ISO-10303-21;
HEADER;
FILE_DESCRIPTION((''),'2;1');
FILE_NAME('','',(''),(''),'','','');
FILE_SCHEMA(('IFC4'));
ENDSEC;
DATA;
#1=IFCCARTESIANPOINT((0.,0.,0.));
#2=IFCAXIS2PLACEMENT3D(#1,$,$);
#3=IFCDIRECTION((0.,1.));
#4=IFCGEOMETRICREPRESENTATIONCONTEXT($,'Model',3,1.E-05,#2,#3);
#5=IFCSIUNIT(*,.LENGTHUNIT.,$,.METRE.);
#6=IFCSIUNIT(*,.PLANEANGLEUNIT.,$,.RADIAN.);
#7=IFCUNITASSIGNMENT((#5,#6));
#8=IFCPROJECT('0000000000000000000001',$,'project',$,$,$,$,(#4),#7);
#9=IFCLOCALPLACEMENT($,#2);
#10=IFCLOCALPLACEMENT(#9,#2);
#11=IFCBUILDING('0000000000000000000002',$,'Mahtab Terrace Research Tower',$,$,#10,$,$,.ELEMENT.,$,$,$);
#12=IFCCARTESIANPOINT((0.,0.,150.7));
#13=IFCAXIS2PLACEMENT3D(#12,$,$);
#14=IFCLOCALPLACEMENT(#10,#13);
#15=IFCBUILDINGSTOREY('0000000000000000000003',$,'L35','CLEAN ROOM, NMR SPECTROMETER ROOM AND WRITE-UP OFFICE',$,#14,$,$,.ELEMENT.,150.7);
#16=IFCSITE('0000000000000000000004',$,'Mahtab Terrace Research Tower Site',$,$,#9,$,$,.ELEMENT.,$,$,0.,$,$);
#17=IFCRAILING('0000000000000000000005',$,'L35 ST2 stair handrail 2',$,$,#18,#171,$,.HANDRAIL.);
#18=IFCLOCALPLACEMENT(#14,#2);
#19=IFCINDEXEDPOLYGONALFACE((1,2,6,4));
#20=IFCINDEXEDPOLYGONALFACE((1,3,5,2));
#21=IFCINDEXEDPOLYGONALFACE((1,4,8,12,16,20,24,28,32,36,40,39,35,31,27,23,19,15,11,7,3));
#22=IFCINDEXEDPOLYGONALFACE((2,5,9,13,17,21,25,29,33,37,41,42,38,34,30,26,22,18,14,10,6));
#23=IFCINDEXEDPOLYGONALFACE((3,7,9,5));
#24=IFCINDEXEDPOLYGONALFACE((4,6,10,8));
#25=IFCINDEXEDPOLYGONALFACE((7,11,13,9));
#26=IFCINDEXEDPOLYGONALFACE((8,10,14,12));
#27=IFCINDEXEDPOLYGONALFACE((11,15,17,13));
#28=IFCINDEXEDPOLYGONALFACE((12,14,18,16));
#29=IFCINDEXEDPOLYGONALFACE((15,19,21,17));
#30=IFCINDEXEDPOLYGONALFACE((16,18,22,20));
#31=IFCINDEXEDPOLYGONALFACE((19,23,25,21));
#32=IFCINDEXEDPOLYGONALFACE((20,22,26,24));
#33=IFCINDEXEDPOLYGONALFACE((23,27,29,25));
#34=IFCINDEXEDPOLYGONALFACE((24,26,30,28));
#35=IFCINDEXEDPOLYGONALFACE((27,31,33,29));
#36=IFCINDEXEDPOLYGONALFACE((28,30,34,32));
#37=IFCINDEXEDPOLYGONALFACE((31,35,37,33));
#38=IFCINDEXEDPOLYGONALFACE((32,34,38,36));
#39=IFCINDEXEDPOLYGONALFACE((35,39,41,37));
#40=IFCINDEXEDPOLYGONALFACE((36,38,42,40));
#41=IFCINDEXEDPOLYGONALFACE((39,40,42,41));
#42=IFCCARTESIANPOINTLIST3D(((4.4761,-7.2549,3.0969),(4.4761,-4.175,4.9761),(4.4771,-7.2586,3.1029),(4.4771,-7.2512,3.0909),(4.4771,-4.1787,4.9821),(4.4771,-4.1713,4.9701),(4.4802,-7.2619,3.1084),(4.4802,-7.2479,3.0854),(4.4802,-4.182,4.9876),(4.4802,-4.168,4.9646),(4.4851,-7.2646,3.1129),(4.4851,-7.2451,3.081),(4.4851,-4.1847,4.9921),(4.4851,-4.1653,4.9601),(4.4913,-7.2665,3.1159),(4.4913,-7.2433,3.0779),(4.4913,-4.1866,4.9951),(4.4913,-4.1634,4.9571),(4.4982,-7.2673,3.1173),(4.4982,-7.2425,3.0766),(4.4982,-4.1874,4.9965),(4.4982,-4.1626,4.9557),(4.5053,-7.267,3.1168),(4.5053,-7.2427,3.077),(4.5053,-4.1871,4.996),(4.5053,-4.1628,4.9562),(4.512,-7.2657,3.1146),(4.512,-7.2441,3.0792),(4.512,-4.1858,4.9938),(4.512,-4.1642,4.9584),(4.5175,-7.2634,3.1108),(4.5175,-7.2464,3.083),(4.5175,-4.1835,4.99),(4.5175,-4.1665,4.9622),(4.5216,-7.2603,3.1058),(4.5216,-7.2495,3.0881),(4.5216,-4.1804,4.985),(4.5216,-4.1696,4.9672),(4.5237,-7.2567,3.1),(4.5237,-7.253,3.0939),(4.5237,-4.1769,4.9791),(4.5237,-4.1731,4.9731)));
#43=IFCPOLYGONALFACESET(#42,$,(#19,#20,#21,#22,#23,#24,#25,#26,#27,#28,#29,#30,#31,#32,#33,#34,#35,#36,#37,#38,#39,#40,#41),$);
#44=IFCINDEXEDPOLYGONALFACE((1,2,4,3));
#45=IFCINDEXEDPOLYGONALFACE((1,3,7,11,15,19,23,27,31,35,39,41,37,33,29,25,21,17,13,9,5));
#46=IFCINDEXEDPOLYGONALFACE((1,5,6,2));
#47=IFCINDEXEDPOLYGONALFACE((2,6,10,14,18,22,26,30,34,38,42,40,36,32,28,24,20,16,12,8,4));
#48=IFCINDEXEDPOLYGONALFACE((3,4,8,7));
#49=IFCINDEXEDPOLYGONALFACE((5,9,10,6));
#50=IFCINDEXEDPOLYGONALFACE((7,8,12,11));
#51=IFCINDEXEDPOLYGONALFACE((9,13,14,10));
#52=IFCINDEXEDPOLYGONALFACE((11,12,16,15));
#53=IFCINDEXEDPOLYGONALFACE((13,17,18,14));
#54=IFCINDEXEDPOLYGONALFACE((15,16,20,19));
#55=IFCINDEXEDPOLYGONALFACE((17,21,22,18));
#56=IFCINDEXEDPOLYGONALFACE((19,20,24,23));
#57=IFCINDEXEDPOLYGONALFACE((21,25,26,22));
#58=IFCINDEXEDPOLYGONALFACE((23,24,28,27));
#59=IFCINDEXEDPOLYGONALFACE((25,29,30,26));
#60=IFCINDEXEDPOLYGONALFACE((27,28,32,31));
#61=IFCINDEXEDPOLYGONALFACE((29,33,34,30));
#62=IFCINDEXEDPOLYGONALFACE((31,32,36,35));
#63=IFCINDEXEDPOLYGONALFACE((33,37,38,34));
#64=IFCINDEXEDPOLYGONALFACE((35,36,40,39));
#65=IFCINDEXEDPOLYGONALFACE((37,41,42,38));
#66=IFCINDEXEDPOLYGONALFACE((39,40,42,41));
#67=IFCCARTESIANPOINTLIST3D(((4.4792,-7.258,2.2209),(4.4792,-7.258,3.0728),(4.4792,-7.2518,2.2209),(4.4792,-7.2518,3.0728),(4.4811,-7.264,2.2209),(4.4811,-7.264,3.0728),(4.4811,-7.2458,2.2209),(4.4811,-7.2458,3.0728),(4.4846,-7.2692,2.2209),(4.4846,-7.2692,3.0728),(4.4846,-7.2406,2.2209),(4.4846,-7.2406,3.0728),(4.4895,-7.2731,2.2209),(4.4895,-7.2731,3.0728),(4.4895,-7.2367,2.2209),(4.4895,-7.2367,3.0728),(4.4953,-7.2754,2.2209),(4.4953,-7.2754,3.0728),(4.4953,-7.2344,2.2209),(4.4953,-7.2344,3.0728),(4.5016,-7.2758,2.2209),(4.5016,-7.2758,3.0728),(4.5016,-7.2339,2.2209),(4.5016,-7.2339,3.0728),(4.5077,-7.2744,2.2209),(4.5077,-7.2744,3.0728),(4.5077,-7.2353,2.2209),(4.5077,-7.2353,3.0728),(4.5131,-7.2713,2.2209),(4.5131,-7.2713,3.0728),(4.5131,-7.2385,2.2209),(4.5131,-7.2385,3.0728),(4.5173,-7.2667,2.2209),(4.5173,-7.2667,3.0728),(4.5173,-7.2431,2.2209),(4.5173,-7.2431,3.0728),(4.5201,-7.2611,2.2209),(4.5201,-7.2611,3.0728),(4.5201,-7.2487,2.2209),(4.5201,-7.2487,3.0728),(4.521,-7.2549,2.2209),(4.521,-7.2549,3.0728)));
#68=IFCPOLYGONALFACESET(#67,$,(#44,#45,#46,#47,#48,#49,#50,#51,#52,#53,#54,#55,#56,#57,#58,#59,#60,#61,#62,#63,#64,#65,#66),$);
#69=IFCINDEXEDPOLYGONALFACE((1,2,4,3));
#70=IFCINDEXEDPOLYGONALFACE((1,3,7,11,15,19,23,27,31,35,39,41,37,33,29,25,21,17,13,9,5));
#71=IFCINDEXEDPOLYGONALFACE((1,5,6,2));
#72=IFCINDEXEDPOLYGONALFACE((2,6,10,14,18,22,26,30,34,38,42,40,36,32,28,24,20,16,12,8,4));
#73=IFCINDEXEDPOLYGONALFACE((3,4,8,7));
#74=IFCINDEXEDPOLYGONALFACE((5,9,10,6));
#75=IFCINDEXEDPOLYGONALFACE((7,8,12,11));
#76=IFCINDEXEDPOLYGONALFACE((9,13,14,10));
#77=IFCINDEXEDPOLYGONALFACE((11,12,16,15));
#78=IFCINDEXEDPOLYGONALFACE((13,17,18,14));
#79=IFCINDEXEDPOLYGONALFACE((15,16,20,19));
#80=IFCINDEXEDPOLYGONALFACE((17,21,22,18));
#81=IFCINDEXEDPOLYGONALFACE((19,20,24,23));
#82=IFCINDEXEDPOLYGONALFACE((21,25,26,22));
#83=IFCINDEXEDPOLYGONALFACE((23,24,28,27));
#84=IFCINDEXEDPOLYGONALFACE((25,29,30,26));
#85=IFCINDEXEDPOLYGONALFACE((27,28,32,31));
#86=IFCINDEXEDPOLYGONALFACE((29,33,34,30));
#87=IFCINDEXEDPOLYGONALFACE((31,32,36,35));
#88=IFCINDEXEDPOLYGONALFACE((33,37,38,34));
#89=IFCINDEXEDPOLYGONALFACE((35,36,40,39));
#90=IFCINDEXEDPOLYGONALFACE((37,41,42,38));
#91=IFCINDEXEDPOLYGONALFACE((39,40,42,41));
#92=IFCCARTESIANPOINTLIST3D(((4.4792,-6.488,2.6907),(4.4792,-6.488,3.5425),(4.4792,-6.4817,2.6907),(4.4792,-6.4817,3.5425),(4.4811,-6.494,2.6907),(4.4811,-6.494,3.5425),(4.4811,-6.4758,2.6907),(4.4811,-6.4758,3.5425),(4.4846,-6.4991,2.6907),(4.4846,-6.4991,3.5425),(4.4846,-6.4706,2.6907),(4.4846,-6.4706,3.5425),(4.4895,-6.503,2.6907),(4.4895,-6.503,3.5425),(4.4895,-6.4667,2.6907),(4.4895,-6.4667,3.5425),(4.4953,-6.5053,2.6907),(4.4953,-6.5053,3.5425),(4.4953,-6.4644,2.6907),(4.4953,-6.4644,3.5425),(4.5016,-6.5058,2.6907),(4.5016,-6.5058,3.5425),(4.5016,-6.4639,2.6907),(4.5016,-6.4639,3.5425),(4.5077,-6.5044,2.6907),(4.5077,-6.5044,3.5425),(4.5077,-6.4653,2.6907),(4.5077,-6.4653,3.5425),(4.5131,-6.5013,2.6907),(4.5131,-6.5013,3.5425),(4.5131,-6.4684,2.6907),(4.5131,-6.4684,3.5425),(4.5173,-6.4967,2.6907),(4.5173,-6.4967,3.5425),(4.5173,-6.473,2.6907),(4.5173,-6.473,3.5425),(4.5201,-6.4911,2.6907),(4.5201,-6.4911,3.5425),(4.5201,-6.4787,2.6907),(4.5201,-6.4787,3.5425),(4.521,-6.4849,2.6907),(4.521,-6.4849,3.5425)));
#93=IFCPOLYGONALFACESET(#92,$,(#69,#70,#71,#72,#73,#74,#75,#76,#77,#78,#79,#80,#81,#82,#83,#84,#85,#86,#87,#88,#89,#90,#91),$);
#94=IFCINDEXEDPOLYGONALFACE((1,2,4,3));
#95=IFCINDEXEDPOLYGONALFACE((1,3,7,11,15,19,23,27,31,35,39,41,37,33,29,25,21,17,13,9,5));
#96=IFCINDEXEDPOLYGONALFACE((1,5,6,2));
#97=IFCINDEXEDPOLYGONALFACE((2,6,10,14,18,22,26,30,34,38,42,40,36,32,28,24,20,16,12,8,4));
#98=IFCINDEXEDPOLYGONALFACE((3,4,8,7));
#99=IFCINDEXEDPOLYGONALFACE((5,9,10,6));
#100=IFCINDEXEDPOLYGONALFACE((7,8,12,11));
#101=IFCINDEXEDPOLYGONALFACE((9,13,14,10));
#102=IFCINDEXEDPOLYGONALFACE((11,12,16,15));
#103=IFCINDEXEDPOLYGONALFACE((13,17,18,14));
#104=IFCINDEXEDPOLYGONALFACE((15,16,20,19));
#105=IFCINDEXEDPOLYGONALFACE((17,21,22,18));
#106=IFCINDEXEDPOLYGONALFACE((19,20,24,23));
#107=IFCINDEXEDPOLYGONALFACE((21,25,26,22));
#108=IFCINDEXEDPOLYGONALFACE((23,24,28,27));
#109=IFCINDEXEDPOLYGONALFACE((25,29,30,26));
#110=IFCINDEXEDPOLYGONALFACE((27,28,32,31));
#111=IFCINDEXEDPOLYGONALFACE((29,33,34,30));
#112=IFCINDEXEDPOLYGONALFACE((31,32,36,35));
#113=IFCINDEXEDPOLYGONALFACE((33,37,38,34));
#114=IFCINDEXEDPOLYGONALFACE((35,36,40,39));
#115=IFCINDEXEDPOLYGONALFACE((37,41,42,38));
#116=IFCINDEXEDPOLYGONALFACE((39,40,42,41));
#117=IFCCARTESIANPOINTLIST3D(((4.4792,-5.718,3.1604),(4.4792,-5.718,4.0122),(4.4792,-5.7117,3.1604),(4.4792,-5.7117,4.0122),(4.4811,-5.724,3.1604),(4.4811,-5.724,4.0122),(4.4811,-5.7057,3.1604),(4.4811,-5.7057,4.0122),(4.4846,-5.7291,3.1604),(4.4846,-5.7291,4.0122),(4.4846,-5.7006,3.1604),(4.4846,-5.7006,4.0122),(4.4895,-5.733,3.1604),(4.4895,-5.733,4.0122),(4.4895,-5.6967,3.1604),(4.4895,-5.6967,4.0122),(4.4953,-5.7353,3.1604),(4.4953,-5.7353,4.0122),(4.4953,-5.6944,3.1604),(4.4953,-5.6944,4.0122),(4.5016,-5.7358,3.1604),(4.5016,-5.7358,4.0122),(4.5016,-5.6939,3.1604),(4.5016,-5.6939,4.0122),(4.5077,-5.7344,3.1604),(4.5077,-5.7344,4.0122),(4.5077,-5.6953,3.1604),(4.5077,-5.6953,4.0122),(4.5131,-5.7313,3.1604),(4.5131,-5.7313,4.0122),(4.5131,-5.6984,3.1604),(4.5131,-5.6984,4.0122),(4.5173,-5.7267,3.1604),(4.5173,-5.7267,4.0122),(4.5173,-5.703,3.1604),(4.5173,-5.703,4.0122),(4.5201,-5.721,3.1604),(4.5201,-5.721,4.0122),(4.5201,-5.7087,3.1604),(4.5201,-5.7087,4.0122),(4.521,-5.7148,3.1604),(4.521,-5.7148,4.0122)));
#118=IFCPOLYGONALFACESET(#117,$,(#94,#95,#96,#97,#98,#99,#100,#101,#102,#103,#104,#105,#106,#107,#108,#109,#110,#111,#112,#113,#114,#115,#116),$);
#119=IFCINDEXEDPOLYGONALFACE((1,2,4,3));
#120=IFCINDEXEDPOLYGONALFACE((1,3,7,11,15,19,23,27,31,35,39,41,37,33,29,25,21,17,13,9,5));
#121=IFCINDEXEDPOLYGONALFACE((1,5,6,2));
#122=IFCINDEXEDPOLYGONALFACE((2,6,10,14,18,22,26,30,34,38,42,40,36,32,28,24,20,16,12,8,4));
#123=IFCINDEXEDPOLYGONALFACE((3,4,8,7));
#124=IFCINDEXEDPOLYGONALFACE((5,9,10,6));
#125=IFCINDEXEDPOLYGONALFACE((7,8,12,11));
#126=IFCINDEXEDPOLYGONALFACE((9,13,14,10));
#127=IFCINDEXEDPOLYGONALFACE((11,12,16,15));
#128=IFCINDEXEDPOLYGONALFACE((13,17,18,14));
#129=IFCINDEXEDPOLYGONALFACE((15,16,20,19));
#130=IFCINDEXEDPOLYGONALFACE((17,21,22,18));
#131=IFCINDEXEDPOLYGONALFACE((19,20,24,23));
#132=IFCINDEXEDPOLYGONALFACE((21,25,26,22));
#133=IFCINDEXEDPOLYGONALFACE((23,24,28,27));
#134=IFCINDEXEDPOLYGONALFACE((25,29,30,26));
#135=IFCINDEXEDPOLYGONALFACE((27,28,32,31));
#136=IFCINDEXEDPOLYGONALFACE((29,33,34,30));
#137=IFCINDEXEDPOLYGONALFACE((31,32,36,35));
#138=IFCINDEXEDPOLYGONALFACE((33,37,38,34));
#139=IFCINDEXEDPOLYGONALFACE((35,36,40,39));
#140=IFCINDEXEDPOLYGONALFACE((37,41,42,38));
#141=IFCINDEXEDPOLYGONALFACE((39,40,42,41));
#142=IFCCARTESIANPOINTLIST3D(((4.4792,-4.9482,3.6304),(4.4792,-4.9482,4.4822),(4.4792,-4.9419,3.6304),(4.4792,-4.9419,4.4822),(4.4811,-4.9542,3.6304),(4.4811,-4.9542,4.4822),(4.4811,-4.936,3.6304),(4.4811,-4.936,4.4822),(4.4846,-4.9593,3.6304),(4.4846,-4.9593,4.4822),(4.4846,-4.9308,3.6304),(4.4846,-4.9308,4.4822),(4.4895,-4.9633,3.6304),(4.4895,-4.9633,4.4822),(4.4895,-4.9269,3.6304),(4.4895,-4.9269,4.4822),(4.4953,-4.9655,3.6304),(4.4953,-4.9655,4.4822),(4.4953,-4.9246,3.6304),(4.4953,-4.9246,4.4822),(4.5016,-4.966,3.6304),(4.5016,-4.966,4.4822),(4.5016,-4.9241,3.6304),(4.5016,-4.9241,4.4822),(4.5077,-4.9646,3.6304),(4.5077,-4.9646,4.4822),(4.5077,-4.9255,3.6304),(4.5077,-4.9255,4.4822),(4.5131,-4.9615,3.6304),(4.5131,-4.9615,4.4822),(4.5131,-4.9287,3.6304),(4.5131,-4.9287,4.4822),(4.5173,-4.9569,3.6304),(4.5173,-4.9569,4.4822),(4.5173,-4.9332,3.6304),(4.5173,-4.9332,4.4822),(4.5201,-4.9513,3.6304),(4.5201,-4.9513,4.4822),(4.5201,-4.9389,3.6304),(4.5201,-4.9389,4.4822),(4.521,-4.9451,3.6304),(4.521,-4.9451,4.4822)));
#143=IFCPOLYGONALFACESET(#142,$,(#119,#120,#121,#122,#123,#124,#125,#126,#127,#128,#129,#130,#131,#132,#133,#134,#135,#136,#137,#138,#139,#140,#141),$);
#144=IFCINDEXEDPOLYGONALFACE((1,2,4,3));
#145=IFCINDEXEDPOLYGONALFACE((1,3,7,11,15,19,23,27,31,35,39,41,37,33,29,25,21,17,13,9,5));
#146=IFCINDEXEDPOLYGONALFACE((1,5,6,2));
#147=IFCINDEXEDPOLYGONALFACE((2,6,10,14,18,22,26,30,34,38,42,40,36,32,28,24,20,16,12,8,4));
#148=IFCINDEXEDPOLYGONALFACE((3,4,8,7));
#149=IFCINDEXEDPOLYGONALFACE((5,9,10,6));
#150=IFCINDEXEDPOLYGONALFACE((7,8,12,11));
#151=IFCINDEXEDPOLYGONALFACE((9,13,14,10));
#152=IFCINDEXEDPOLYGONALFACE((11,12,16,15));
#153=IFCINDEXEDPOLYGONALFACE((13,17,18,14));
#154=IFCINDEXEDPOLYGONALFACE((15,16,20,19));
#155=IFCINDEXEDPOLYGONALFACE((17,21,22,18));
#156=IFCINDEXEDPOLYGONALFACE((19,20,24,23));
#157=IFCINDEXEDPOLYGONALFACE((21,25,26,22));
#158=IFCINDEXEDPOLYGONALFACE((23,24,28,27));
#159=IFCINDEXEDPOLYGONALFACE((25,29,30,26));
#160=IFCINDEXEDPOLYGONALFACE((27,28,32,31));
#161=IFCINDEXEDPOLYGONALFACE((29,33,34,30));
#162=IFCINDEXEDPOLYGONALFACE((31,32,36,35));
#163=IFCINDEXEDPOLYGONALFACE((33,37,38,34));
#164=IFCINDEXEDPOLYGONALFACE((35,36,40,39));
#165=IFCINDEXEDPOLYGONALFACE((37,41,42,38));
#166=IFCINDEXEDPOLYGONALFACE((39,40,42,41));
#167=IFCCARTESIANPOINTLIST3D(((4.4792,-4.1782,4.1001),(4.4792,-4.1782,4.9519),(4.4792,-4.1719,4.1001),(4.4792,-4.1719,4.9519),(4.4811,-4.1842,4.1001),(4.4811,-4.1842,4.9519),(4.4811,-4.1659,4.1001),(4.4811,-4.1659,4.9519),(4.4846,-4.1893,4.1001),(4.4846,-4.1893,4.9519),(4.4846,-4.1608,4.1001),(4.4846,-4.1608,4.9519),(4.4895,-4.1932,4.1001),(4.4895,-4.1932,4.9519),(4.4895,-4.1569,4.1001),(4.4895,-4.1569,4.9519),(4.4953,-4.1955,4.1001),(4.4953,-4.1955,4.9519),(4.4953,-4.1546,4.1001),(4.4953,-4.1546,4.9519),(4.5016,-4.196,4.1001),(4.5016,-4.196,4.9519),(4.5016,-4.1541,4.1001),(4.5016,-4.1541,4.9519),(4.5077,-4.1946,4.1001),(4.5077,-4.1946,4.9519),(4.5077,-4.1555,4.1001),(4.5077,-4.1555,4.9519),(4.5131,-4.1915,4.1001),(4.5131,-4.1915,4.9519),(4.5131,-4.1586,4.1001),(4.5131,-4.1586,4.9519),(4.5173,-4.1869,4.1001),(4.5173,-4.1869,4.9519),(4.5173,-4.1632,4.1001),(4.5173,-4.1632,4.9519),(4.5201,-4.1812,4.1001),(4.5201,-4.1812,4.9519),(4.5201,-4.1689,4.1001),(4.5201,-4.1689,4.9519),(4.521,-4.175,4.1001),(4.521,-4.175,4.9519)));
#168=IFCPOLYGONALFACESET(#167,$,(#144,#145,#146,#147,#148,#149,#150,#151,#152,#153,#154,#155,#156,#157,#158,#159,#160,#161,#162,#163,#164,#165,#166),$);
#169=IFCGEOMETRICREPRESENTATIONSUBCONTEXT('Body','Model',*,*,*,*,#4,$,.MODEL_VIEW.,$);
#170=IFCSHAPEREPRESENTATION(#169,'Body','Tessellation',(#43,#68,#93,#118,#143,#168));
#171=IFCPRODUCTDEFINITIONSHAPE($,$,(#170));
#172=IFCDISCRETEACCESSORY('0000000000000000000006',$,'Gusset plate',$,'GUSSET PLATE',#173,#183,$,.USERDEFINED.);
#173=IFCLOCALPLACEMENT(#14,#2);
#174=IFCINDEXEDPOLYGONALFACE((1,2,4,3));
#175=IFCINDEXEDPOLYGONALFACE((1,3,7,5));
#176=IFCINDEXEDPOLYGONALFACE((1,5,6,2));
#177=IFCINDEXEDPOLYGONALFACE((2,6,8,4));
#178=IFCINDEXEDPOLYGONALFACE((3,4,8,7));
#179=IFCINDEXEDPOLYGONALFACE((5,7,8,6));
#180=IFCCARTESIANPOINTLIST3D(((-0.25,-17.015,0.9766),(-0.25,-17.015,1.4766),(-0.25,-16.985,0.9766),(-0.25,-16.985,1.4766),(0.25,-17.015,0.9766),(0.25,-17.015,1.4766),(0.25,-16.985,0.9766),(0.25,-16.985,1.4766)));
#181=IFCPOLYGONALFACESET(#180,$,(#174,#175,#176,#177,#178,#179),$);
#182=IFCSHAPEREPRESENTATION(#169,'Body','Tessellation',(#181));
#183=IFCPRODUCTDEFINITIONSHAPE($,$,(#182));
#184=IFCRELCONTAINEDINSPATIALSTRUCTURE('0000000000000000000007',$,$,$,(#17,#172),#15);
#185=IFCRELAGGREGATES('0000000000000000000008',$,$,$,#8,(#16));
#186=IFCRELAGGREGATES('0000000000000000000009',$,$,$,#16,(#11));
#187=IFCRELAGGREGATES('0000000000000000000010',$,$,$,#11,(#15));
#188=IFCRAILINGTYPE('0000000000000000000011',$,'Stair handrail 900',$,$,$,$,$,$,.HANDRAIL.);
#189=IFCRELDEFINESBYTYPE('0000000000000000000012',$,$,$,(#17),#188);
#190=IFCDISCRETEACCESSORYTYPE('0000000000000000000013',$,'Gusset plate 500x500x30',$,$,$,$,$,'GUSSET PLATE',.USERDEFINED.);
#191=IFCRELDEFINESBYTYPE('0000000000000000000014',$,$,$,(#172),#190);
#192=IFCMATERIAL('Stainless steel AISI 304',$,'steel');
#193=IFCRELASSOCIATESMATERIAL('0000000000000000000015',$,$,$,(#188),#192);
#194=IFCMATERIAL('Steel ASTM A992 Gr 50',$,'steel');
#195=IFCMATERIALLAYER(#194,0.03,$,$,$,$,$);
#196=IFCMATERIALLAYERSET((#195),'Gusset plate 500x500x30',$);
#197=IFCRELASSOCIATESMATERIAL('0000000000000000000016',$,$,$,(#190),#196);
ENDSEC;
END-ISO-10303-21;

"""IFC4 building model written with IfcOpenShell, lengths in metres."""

from ifc_helpers import new_model, si_unit, direction, frame, origin, origin_2d, place, context, subcontext, project, spatial, rectangle, circle, extrude, material, layer, layer_set, type_object, element, save


model = new_model("IFC4")

# Units and contexts
model_context = context("Model", 3, precision=1e-05, world=origin(), true_north=direction((0.0, 1.0)))
body_context = subcontext(model_context, "Body", "Model", "MODEL_VIEW")
ifc_project = project(units=[si_unit("LENGTHUNIT", "METRE"), si_unit("PLANEANGLEUNIT", "RADIAN")], contexts=[model_context])

# Site, building, storey
site_placement = place(None, origin())
site = spatial("IfcSite", under=ifc_project, at=site_placement, Name="Mahtab Terrace Research Tower Site", CompositionType="ELEMENT", RefElevation=0.0)
building_placement = place(site_placement, origin())
building = spatial("IfcBuilding", under=site, at=building_placement, Name="Mahtab Terrace Research Tower", CompositionType="ELEMENT")
storey_placement = place(building_placement, frame((0.0, 0.0, 150.7)))
storey = spatial("IfcBuildingStorey", under=building, at=storey_placement, Name="L35", Description="CLEAN ROOM, NMR SPECTROMETER ROOM AND WRITE-UP OFFICE", CompositionType="ELEMENT", Elevation=150.7)

# Railing
ifc_material_1 = material(Name="Stainless steel AISI 304", Category="steel")
railing_type_1 = type_object("IfcRailingType", Name="Stair handrail 900", PredefinedType="HANDRAIL", material=ifc_material_1)
railing_1_placement = place(storey_placement, frame((4.5, -7.2549, 2.2209)))
element("IfcRailing", 1, at=railing_1_placement, inside=storey, type_object=railing_type_1, Name="L35 ST2 stair handrail 2", PredefinedType="HANDRAIL", context=body_context, shape_type="SweptSolid", body=[
    extrude(circle(Radius=0.0239, at=origin_2d()), frame((0.0, 0.0, 0.876), z_axis=(0.0, 0.853648, 0.52085), x_axis=(-1.0, 0.0, 0.0)), (0.0, 0.0, 1.0), 3.6079),
    extrude(circle(Radius=0.021, at=origin_2d()), origin(), (0.0, 0.0, 1.0), 0.8518),
    extrude(circle(Radius=0.021, at=origin_2d()), frame((0.0, 0.77, 0.4697)), (0.0, 0.0, 1.0), 0.8518),
    extrude(circle(Radius=0.021, at=origin_2d()), frame((0.0, 1.54, 0.9395)), (0.0, 0.0, 1.0), 0.8518),
    extrude(circle(Radius=0.021, at=origin_2d()), frame((0.0, 2.3098, 1.4094)), (0.0, 0.0, 1.0), 0.8518),
    extrude(circle(Radius=0.021, at=origin_2d()), frame((0.0, 3.0798, 1.8792)), (0.0, 0.0, 1.0), 0.8518),
])

# Discrete accessory
ifc_material_2 = material(Name="Steel ASTM A992 Gr 50", Category="steel")
ifc_layer_1 = layer(ifc_material_2, 0.03)
ifc_layer_set_1 = layer_set([ifc_layer_1], Name="Gusset plate 500x500x30")
discrete_accessory_type = type_object("IfcDiscreteAccessoryType", Name="Gusset plate 500x500x30", ElementType="GUSSET PLATE", PredefinedType="USERDEFINED", material=ifc_layer_set_1)
discrete_accessory_placement = place(storey_placement, frame((0.0, -17.0, 0.9766), z_axis=(0.0, 0.0, 1.0), x_axis=(1.0, 0.0, 0.0)))
element("IfcDiscreteAccessory", 2, at=discrete_accessory_placement, inside=storey, type_object=discrete_accessory_type, Name="Gusset plate", ObjectType="GUSSET PLATE", PredefinedType="USERDEFINED", context=body_context, shape_type="SweptSolid", body=[
    extrude(rectangle(XDim=0.5, YDim=0.03, at=origin_2d()), origin(), (0.0, 0.0, 1.0), 0.5),
])

save(model, "model.ifc")
